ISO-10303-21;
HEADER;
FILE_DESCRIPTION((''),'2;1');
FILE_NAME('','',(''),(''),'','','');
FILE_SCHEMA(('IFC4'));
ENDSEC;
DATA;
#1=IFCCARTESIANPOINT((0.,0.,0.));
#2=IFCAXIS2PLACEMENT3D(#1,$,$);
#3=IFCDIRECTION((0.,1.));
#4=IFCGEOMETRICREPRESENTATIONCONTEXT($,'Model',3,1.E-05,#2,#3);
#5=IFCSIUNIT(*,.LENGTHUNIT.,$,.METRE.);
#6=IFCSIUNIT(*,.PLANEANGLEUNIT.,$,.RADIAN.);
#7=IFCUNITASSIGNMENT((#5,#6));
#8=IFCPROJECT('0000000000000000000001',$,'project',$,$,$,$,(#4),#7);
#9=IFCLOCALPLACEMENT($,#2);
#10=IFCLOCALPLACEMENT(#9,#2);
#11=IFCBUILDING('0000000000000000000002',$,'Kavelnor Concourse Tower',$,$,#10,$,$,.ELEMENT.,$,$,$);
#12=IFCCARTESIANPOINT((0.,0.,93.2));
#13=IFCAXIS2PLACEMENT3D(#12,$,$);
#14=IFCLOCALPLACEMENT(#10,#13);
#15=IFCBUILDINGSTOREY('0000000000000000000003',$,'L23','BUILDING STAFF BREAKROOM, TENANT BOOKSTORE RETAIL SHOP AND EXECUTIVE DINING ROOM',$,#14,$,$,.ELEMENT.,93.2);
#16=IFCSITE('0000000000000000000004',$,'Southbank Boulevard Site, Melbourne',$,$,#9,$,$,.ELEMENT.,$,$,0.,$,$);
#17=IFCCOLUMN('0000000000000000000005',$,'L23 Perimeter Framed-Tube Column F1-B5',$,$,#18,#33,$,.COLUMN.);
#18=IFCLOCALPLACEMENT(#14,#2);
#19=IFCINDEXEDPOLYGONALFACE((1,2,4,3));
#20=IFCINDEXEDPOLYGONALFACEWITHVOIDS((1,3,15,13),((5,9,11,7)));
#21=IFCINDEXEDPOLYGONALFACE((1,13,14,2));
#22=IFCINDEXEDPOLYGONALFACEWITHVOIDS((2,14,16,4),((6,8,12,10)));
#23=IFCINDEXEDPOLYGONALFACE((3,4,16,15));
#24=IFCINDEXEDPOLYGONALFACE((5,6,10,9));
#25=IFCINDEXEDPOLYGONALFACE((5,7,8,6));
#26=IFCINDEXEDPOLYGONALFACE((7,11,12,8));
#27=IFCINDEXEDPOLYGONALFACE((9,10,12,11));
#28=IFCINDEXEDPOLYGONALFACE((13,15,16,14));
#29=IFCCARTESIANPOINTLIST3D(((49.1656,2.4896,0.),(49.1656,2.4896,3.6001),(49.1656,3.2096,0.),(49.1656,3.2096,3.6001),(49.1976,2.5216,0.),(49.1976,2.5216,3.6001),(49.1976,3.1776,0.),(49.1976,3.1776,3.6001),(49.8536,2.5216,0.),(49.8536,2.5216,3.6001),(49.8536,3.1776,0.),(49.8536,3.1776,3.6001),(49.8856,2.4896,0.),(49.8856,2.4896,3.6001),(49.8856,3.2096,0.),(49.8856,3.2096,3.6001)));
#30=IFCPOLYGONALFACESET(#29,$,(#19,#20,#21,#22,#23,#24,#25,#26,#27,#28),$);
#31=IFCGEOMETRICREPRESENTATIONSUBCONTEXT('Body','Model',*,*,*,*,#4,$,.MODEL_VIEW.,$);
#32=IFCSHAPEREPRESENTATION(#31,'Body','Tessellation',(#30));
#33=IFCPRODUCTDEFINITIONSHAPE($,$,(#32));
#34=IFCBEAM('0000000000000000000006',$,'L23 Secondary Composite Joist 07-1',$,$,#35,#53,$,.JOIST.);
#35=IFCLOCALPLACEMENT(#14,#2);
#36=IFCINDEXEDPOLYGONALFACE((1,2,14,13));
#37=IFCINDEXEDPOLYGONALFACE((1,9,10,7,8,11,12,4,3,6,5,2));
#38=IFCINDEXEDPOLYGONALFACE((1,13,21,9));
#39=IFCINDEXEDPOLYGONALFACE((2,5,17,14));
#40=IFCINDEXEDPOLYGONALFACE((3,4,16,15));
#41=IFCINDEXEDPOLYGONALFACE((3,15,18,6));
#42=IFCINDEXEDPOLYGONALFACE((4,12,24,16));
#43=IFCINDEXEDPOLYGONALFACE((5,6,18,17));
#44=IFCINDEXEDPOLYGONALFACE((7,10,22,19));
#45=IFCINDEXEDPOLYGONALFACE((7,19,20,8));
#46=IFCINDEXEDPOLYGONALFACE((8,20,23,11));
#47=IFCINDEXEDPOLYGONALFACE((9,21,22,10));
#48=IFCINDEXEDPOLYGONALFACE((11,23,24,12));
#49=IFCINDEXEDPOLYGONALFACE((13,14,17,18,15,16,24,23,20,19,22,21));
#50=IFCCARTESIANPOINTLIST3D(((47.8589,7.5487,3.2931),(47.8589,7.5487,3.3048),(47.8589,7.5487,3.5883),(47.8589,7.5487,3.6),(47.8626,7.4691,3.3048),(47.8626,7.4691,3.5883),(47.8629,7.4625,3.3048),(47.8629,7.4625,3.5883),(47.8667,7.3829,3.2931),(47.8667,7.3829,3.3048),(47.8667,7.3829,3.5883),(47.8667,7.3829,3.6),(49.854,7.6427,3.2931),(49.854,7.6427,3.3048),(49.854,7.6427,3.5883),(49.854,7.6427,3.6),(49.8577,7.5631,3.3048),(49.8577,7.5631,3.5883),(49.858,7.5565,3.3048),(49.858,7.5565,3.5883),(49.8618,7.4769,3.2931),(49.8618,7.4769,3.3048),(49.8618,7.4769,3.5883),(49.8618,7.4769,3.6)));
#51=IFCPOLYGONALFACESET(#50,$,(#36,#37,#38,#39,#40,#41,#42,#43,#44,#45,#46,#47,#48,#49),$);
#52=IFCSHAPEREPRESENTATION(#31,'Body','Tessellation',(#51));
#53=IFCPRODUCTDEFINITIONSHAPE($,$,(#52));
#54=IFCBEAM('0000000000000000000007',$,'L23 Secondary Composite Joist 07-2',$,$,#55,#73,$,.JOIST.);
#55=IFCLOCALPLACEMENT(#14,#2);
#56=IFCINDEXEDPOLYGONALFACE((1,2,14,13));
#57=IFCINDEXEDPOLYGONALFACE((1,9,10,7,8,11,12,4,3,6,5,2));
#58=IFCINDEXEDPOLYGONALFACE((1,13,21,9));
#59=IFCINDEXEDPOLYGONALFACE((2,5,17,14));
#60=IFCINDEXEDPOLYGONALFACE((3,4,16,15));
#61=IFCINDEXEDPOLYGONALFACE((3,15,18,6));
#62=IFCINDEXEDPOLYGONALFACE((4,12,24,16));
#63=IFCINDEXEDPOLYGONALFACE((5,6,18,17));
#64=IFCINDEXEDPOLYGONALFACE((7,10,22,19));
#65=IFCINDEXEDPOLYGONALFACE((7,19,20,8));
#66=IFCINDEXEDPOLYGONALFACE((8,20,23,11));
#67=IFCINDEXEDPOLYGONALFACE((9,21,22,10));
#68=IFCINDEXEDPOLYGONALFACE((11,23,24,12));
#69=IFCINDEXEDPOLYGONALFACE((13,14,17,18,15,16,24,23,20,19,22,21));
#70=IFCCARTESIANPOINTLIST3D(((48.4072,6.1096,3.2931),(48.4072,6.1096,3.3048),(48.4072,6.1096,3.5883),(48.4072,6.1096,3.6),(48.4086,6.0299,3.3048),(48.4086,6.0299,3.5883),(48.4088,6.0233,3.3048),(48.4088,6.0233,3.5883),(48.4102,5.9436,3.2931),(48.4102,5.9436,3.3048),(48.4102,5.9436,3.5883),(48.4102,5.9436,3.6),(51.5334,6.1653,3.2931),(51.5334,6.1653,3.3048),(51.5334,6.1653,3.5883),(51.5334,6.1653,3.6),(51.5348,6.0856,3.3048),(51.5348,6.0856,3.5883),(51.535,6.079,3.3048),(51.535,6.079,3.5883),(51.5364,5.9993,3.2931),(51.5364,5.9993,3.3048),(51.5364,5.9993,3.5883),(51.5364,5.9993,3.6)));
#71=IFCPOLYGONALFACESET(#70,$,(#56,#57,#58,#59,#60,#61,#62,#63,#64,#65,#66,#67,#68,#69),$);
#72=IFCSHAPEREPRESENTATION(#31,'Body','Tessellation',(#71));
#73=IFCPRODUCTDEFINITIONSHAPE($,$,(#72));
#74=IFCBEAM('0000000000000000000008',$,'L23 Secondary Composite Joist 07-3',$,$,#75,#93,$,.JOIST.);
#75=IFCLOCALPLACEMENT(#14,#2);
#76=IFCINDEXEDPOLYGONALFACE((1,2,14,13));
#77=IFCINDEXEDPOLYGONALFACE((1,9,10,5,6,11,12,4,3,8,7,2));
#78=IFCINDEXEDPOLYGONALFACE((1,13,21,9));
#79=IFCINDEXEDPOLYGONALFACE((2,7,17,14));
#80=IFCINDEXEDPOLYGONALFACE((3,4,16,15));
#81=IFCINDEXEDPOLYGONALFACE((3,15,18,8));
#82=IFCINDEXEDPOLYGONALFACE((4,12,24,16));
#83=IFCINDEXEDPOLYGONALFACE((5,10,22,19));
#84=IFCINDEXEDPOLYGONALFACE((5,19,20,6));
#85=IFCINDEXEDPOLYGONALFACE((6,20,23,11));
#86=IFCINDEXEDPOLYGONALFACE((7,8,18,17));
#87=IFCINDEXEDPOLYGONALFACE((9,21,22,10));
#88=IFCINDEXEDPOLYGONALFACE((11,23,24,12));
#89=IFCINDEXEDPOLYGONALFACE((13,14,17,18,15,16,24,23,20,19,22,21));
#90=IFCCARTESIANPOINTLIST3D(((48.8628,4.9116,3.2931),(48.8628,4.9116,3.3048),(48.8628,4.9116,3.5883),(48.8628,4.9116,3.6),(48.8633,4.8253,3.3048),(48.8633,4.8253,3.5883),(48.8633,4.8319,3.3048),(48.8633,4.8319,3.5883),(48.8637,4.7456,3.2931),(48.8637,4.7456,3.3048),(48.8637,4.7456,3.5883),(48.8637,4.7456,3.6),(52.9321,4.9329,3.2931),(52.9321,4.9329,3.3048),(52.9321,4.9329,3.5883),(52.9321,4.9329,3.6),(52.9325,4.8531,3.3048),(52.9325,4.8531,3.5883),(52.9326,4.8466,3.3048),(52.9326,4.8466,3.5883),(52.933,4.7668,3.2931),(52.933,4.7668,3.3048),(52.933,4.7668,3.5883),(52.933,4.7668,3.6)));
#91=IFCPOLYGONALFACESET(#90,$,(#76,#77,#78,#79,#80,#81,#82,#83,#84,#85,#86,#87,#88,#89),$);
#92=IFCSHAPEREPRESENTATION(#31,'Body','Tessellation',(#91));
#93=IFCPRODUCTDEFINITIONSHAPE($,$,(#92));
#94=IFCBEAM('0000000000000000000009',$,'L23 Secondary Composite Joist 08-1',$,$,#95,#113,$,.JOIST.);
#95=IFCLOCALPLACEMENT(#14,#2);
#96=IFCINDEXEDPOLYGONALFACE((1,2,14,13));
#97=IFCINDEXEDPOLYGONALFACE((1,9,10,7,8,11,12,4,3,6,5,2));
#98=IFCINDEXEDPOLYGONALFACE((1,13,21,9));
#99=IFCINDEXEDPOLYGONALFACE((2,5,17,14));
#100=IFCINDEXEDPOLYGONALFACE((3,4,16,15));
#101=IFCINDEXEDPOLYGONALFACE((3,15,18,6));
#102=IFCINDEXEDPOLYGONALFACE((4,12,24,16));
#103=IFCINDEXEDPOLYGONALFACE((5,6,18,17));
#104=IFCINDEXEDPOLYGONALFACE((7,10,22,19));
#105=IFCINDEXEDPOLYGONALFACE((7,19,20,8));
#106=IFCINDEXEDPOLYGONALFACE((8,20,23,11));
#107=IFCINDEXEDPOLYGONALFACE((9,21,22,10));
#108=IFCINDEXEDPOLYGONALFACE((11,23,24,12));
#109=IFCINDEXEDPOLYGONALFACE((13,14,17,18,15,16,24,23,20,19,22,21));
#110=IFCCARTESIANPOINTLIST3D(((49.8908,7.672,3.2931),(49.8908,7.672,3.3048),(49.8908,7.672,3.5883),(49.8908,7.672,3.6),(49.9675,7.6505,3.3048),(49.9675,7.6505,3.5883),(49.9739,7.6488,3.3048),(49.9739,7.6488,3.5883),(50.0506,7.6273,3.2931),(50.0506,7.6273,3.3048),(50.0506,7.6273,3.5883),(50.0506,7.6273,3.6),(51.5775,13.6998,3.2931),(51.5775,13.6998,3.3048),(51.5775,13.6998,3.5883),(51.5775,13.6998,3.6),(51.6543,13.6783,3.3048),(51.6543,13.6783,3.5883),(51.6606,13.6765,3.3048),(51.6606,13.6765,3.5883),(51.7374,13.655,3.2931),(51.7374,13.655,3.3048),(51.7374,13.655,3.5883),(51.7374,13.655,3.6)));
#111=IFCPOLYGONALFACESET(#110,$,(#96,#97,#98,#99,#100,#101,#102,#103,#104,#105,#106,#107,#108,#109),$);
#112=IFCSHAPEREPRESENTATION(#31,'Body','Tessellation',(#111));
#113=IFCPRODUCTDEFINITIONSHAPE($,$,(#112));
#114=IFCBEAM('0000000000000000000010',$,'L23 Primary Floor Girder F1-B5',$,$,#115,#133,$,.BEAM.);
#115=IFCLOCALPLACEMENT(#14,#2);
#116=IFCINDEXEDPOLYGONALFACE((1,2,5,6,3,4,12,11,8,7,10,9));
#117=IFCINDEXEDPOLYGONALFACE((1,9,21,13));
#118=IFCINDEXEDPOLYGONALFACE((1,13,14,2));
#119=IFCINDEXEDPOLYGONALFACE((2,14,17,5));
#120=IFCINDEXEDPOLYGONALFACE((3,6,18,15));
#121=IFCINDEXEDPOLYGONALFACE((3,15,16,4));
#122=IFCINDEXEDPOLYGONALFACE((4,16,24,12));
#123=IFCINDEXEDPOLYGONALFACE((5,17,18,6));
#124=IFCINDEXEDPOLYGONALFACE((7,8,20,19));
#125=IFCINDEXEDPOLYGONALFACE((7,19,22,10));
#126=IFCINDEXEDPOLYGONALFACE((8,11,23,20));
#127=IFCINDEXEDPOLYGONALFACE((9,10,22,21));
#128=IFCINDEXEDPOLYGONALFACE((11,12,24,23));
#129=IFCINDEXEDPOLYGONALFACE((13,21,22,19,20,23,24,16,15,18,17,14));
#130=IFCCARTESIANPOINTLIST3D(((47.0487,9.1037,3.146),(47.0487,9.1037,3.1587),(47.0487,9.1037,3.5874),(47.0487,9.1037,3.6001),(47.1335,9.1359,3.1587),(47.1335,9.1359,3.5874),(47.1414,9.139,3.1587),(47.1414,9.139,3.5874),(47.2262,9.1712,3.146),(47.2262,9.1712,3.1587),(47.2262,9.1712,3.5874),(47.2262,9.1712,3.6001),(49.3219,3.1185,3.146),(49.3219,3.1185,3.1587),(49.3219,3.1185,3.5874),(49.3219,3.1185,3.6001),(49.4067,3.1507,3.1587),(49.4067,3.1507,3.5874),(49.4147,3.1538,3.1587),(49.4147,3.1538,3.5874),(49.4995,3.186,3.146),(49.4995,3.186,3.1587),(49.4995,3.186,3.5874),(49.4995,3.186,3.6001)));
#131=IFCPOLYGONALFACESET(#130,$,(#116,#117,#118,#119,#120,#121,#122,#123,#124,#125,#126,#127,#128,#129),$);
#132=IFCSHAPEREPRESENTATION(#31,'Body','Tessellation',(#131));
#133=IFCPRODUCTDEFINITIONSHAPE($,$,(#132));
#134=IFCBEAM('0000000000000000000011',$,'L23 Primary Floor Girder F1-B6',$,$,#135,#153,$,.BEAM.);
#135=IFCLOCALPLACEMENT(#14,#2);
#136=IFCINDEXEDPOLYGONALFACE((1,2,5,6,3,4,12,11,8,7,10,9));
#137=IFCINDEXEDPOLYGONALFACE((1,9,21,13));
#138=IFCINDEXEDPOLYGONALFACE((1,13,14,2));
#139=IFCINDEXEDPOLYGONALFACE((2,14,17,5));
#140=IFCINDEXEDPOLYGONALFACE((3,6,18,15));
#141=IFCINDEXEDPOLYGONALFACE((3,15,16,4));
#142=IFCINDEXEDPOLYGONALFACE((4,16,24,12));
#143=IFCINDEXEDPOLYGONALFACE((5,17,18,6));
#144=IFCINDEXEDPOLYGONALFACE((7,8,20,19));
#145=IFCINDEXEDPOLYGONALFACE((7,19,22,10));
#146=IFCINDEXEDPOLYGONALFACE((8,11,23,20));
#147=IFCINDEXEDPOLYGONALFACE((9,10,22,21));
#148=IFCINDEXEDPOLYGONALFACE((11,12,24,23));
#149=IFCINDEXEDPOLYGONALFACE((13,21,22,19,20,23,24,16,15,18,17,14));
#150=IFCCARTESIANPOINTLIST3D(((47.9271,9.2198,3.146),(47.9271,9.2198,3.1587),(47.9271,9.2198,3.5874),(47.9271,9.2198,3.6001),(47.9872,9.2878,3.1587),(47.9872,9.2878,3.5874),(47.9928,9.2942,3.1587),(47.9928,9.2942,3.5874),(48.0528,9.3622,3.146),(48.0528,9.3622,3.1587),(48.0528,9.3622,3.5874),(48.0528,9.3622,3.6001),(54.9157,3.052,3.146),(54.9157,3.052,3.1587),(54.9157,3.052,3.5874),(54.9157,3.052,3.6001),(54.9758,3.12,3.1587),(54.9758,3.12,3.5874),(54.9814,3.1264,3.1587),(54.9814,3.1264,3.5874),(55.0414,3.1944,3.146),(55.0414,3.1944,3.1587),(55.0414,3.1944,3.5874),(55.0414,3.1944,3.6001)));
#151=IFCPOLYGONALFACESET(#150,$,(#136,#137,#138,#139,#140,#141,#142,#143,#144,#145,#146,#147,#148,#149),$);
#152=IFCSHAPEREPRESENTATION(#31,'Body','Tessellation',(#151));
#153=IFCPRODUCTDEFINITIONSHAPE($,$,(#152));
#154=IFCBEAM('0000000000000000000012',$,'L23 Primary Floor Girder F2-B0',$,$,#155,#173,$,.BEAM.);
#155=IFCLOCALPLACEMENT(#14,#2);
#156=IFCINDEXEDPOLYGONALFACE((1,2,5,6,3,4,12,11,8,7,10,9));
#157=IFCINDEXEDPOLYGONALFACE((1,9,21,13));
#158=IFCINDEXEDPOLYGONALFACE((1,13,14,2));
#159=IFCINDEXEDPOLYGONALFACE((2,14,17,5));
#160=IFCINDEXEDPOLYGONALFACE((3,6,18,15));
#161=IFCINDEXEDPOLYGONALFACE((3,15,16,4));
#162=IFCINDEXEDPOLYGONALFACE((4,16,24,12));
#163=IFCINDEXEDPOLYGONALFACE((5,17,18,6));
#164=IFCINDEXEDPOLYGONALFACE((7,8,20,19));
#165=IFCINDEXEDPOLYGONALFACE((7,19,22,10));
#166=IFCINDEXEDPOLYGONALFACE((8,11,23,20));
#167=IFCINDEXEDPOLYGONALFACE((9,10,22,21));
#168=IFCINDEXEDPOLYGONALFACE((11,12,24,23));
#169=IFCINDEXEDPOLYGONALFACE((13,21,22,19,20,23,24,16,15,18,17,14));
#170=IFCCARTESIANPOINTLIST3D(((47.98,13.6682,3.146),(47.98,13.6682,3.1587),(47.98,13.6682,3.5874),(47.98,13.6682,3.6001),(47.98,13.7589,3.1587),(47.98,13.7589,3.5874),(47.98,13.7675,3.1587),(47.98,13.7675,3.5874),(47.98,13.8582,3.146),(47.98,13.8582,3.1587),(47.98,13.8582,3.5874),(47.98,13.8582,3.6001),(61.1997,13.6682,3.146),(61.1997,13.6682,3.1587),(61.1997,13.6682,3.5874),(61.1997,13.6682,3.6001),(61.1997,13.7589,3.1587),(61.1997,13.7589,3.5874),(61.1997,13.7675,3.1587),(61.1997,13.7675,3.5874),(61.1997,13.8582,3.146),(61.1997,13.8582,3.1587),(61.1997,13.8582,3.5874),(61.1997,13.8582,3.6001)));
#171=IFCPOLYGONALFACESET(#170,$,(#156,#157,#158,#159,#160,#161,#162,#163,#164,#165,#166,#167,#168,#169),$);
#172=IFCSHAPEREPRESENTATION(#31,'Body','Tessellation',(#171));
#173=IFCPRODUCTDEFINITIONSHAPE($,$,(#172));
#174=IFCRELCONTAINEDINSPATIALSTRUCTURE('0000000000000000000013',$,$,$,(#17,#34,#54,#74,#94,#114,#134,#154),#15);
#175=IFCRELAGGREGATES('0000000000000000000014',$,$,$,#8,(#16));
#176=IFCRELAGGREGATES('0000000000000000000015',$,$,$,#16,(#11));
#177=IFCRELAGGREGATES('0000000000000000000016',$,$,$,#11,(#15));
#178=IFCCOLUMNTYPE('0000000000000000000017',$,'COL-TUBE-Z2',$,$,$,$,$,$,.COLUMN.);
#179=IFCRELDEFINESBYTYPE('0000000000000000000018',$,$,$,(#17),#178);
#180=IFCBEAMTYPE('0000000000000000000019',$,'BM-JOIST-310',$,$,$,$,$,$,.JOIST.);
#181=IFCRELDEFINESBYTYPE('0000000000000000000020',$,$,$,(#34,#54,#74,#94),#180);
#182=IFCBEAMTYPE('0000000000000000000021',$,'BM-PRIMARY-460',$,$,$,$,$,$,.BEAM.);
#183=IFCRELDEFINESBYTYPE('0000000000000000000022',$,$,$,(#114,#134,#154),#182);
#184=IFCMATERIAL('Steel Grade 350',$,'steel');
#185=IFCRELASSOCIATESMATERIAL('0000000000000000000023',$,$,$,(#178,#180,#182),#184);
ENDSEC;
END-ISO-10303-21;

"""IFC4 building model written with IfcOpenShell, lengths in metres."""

from ifc_helpers import new_model, si_unit, direction, frame, origin, origin_2d, place, context, subcontext, project, spatial, hollow_rectangle, i_section, extrude, material, material_profile, profile_set, type_object, element, save


model = new_model("IFC4")

# Units and contexts
model_context = context("Model", 3, precision=1e-05, world=origin(), true_north=direction((0.0, 1.0)))
body_context = subcontext(model_context, "Body", "Model", "MODEL_VIEW")
ifc_project = project(units=[si_unit("LENGTHUNIT", "METRE"), si_unit("PLANEANGLEUNIT", "RADIAN")], contexts=[model_context])

# Site, building, storey
site_placement = place(None, origin())
site = spatial("IfcSite", under=ifc_project, at=site_placement, Name="Southbank Boulevard Site, Melbourne", CompositionType="ELEMENT", RefElevation=0.0)
building_placement = place(site_placement, origin())
building = spatial("IfcBuilding", under=site, at=building_placement, Name="Kavelnor Concourse Tower", CompositionType="ELEMENT")
storey_placement = place(building_placement, frame((0.0, 0.0, 93.2)))
storey = spatial("IfcBuildingStorey", under=building, at=storey_placement, Name="L23", Description="BUILDING STAFF BREAKROOM, TENANT BOOKSTORE RETAIL SHOP AND EXECUTIVE DINING ROOM", CompositionType="ELEMENT", Elevation=93.2)

# Column
ifc_material_1 = material(Name="Steel Grade 350", Category="steel")
ifc_material_profile_1 = material_profile(ifc_material_1, hollow_rectangle(XDim=0.72, YDim=0.72, WallThickness=0.032, at=origin_2d()), Name="SHS 720x720x32")
ifc_profile_set_1 = profile_set([ifc_material_profile_1], Name="Steel Grade 350")
column_type = type_object("IfcColumnType", Name="COL-TUBE-Z2", PredefinedType="COLUMN", material=ifc_profile_set_1)
column_placement = place(storey_placement, frame((49.5256, 2.8496, 0.0), z_axis=(0.0, 0.0, 1.0), x_axis=(1.0, 0.0, 0.0)))
element("IfcColumn", 1, at=column_placement, inside=storey, type_object=column_type, Name="L23 Perimeter Framed-Tube Column F1-B5", PredefinedType="COLUMN", context=body_context, shape_type="SweptSolid", body=[
    extrude(hollow_rectangle(XDim=0.72, YDim=0.72, WallThickness=0.032, at=origin_2d()), origin(), (0.0, 0.0, 1.0), 3.6001),
])

# Beams
ifc_material_profile_2 = material_profile(ifc_material_1, i_section(OverallWidth=0.166, OverallDepth=0.3069, WebThickness=0.0066, FlangeThickness=0.0117, at=origin_2d()), Name="310UB46")
ifc_profile_set_2 = profile_set([ifc_material_profile_2], Name="Steel Grade 350")
beam_type_1 = type_object("IfcBeamType", Name="BM-JOIST-310", PredefinedType="JOIST", material=ifc_profile_set_2)
beam_1_placement = place(storey_placement, frame((47.8628, 7.4658, 3.4465), z_axis=(0.998892, 0.04706, 0.0), x_axis=(-0.04706, 0.998892, 0.0)))
element("IfcBeam", 2, at=beam_1_placement, inside=storey, type_object=beam_type_1, Name="L23 Secondary Composite Joist 07-1", PredefinedType="JOIST", context=body_context, shape_type="SweptSolid", body=[
    extrude(i_section(OverallWidth=0.166, OverallDepth=0.3069, WebThickness=0.0066, FlangeThickness=0.0117, at=origin_2d()), origin(), (0.0, 0.0, 1.0), 1.9973),
])
beam_2_placement = place(storey_placement, frame((48.4087, 6.0266, 3.4465), z_axis=(0.999842, 0.017803, 0.0), x_axis=(-0.017803, 0.999842, 0.0)))
element("IfcBeam", 3, at=beam_2_placement, inside=storey, type_object=beam_type_1, Name="L23 Secondary Composite Joist 07-2", PredefinedType="JOIST", context=body_context, shape_type="SweptSolid", body=[
    extrude(i_section(OverallWidth=0.166, OverallDepth=0.3069, WebThickness=0.0066, FlangeThickness=0.0117, at=origin_2d()), origin(), (0.0, 0.0, 1.0), 3.1267),
])
beam_3_placement = place(storey_placement, frame((48.8633, 4.8286, 3.4465), z_axis=(0.999986, 0.00522, 0.0), x_axis=(-0.00522, 0.999986, 0.0)))
element("IfcBeam", 4, at=beam_3_placement, inside=storey, type_object=beam_type_1, Name="L23 Secondary Composite Joist 07-3", PredefinedType="JOIST", context=body_context, shape_type="SweptSolid", body=[
    extrude(i_section(OverallWidth=0.166, OverallDepth=0.3069, WebThickness=0.0066, FlangeThickness=0.0117, at=origin_2d()), origin(), (0.0, 0.0, 1.0), 4.0693),
])
beam_4_placement = place(storey_placement, frame((49.9707, 7.6497, 3.4465), z_axis=(0.269478, 0.963007, 0.0), x_axis=(-0.963007, 0.269478, 0.0)))
element("IfcBeam", 5, at=beam_4_placement, inside=storey, type_object=beam_type_1, Name="L23 Secondary Composite Joist 08-1", PredefinedType="JOIST", context=body_context, shape_type="SweptSolid", body=[
    extrude(i_section(OverallWidth=0.166, OverallDepth=0.3069, WebThickness=0.0066, FlangeThickness=0.0117, at=origin_2d()), origin(), (0.0, 0.0, 1.0), 6.2593),
])
ifc_material_profile_3 = material_profile(ifc_material_1, i_section(OverallWidth=0.1899, OverallDepth=0.4541, WebThickness=0.0085, FlangeThickness=0.0127, at=origin_2d()), Name="460UB67")
ifc_profile_set_3 = profile_set([ifc_material_profile_3], Name="Steel Grade 350")
beam_type_2 = type_object("IfcBeamType", Name="BM-PRIMARY-460", PredefinedType="BEAM", material=ifc_profile_set_3)
beam_5_placement = place(storey_placement, frame((47.1375, 9.1375, 3.373), z_axis=(0.355061, -0.934843, 0.0), x_axis=(0.934843, 0.355061, 0.0)))
element("IfcBeam", 6, at=beam_5_placement, inside=storey, type_object=beam_type_2, Name="L23 Primary Floor Girder F1-B5", PredefinedType="BEAM", context=body_context, shape_type="SweptSolid", body=[
    extrude(i_section(OverallWidth=0.1899, OverallDepth=0.4541, WebThickness=0.0085, FlangeThickness=0.0127, at=origin_2d()), origin(), (0.0, 0.0, 1.0), 6.4023),
])
beam_6_placement = place(storey_placement, frame((47.99, 9.291, 3.373), z_axis=(0.749764, -0.661705, 0.0), x_axis=(0.661705, 0.749764, 0.0)))
element("IfcBeam", 7, at=beam_6_placement, inside=storey, type_object=beam_type_2, Name="L23 Primary Floor Girder F1-B6", PredefinedType="BEAM", context=body_context, shape_type="SweptSolid", body=[
    extrude(i_section(OverallWidth=0.1899, OverallDepth=0.4541, WebThickness=0.0085, FlangeThickness=0.0127, at=origin_2d()), origin(), (0.0, 0.0, 1.0), 9.321),
])
beam_7_placement = place(storey_placement, frame((47.98, 13.7632, 3.373), z_axis=(1.0, 0.0, 0.0), x_axis=(0.0, 1.0, 0.0)))
element("IfcBeam", 8, at=beam_7_placement, inside=storey, type_object=beam_type_2, Name="L23 Primary Floor Girder F2-B0", PredefinedType="BEAM", context=body_context, shape_type="SweptSolid", body=[
    extrude(i_section(OverallWidth=0.1899, OverallDepth=0.4541, WebThickness=0.0085, FlangeThickness=0.0127, at=origin_2d()), origin(), (0.0, 0.0, 1.0), 13.2197),
])

save(model, "model.ifc")
